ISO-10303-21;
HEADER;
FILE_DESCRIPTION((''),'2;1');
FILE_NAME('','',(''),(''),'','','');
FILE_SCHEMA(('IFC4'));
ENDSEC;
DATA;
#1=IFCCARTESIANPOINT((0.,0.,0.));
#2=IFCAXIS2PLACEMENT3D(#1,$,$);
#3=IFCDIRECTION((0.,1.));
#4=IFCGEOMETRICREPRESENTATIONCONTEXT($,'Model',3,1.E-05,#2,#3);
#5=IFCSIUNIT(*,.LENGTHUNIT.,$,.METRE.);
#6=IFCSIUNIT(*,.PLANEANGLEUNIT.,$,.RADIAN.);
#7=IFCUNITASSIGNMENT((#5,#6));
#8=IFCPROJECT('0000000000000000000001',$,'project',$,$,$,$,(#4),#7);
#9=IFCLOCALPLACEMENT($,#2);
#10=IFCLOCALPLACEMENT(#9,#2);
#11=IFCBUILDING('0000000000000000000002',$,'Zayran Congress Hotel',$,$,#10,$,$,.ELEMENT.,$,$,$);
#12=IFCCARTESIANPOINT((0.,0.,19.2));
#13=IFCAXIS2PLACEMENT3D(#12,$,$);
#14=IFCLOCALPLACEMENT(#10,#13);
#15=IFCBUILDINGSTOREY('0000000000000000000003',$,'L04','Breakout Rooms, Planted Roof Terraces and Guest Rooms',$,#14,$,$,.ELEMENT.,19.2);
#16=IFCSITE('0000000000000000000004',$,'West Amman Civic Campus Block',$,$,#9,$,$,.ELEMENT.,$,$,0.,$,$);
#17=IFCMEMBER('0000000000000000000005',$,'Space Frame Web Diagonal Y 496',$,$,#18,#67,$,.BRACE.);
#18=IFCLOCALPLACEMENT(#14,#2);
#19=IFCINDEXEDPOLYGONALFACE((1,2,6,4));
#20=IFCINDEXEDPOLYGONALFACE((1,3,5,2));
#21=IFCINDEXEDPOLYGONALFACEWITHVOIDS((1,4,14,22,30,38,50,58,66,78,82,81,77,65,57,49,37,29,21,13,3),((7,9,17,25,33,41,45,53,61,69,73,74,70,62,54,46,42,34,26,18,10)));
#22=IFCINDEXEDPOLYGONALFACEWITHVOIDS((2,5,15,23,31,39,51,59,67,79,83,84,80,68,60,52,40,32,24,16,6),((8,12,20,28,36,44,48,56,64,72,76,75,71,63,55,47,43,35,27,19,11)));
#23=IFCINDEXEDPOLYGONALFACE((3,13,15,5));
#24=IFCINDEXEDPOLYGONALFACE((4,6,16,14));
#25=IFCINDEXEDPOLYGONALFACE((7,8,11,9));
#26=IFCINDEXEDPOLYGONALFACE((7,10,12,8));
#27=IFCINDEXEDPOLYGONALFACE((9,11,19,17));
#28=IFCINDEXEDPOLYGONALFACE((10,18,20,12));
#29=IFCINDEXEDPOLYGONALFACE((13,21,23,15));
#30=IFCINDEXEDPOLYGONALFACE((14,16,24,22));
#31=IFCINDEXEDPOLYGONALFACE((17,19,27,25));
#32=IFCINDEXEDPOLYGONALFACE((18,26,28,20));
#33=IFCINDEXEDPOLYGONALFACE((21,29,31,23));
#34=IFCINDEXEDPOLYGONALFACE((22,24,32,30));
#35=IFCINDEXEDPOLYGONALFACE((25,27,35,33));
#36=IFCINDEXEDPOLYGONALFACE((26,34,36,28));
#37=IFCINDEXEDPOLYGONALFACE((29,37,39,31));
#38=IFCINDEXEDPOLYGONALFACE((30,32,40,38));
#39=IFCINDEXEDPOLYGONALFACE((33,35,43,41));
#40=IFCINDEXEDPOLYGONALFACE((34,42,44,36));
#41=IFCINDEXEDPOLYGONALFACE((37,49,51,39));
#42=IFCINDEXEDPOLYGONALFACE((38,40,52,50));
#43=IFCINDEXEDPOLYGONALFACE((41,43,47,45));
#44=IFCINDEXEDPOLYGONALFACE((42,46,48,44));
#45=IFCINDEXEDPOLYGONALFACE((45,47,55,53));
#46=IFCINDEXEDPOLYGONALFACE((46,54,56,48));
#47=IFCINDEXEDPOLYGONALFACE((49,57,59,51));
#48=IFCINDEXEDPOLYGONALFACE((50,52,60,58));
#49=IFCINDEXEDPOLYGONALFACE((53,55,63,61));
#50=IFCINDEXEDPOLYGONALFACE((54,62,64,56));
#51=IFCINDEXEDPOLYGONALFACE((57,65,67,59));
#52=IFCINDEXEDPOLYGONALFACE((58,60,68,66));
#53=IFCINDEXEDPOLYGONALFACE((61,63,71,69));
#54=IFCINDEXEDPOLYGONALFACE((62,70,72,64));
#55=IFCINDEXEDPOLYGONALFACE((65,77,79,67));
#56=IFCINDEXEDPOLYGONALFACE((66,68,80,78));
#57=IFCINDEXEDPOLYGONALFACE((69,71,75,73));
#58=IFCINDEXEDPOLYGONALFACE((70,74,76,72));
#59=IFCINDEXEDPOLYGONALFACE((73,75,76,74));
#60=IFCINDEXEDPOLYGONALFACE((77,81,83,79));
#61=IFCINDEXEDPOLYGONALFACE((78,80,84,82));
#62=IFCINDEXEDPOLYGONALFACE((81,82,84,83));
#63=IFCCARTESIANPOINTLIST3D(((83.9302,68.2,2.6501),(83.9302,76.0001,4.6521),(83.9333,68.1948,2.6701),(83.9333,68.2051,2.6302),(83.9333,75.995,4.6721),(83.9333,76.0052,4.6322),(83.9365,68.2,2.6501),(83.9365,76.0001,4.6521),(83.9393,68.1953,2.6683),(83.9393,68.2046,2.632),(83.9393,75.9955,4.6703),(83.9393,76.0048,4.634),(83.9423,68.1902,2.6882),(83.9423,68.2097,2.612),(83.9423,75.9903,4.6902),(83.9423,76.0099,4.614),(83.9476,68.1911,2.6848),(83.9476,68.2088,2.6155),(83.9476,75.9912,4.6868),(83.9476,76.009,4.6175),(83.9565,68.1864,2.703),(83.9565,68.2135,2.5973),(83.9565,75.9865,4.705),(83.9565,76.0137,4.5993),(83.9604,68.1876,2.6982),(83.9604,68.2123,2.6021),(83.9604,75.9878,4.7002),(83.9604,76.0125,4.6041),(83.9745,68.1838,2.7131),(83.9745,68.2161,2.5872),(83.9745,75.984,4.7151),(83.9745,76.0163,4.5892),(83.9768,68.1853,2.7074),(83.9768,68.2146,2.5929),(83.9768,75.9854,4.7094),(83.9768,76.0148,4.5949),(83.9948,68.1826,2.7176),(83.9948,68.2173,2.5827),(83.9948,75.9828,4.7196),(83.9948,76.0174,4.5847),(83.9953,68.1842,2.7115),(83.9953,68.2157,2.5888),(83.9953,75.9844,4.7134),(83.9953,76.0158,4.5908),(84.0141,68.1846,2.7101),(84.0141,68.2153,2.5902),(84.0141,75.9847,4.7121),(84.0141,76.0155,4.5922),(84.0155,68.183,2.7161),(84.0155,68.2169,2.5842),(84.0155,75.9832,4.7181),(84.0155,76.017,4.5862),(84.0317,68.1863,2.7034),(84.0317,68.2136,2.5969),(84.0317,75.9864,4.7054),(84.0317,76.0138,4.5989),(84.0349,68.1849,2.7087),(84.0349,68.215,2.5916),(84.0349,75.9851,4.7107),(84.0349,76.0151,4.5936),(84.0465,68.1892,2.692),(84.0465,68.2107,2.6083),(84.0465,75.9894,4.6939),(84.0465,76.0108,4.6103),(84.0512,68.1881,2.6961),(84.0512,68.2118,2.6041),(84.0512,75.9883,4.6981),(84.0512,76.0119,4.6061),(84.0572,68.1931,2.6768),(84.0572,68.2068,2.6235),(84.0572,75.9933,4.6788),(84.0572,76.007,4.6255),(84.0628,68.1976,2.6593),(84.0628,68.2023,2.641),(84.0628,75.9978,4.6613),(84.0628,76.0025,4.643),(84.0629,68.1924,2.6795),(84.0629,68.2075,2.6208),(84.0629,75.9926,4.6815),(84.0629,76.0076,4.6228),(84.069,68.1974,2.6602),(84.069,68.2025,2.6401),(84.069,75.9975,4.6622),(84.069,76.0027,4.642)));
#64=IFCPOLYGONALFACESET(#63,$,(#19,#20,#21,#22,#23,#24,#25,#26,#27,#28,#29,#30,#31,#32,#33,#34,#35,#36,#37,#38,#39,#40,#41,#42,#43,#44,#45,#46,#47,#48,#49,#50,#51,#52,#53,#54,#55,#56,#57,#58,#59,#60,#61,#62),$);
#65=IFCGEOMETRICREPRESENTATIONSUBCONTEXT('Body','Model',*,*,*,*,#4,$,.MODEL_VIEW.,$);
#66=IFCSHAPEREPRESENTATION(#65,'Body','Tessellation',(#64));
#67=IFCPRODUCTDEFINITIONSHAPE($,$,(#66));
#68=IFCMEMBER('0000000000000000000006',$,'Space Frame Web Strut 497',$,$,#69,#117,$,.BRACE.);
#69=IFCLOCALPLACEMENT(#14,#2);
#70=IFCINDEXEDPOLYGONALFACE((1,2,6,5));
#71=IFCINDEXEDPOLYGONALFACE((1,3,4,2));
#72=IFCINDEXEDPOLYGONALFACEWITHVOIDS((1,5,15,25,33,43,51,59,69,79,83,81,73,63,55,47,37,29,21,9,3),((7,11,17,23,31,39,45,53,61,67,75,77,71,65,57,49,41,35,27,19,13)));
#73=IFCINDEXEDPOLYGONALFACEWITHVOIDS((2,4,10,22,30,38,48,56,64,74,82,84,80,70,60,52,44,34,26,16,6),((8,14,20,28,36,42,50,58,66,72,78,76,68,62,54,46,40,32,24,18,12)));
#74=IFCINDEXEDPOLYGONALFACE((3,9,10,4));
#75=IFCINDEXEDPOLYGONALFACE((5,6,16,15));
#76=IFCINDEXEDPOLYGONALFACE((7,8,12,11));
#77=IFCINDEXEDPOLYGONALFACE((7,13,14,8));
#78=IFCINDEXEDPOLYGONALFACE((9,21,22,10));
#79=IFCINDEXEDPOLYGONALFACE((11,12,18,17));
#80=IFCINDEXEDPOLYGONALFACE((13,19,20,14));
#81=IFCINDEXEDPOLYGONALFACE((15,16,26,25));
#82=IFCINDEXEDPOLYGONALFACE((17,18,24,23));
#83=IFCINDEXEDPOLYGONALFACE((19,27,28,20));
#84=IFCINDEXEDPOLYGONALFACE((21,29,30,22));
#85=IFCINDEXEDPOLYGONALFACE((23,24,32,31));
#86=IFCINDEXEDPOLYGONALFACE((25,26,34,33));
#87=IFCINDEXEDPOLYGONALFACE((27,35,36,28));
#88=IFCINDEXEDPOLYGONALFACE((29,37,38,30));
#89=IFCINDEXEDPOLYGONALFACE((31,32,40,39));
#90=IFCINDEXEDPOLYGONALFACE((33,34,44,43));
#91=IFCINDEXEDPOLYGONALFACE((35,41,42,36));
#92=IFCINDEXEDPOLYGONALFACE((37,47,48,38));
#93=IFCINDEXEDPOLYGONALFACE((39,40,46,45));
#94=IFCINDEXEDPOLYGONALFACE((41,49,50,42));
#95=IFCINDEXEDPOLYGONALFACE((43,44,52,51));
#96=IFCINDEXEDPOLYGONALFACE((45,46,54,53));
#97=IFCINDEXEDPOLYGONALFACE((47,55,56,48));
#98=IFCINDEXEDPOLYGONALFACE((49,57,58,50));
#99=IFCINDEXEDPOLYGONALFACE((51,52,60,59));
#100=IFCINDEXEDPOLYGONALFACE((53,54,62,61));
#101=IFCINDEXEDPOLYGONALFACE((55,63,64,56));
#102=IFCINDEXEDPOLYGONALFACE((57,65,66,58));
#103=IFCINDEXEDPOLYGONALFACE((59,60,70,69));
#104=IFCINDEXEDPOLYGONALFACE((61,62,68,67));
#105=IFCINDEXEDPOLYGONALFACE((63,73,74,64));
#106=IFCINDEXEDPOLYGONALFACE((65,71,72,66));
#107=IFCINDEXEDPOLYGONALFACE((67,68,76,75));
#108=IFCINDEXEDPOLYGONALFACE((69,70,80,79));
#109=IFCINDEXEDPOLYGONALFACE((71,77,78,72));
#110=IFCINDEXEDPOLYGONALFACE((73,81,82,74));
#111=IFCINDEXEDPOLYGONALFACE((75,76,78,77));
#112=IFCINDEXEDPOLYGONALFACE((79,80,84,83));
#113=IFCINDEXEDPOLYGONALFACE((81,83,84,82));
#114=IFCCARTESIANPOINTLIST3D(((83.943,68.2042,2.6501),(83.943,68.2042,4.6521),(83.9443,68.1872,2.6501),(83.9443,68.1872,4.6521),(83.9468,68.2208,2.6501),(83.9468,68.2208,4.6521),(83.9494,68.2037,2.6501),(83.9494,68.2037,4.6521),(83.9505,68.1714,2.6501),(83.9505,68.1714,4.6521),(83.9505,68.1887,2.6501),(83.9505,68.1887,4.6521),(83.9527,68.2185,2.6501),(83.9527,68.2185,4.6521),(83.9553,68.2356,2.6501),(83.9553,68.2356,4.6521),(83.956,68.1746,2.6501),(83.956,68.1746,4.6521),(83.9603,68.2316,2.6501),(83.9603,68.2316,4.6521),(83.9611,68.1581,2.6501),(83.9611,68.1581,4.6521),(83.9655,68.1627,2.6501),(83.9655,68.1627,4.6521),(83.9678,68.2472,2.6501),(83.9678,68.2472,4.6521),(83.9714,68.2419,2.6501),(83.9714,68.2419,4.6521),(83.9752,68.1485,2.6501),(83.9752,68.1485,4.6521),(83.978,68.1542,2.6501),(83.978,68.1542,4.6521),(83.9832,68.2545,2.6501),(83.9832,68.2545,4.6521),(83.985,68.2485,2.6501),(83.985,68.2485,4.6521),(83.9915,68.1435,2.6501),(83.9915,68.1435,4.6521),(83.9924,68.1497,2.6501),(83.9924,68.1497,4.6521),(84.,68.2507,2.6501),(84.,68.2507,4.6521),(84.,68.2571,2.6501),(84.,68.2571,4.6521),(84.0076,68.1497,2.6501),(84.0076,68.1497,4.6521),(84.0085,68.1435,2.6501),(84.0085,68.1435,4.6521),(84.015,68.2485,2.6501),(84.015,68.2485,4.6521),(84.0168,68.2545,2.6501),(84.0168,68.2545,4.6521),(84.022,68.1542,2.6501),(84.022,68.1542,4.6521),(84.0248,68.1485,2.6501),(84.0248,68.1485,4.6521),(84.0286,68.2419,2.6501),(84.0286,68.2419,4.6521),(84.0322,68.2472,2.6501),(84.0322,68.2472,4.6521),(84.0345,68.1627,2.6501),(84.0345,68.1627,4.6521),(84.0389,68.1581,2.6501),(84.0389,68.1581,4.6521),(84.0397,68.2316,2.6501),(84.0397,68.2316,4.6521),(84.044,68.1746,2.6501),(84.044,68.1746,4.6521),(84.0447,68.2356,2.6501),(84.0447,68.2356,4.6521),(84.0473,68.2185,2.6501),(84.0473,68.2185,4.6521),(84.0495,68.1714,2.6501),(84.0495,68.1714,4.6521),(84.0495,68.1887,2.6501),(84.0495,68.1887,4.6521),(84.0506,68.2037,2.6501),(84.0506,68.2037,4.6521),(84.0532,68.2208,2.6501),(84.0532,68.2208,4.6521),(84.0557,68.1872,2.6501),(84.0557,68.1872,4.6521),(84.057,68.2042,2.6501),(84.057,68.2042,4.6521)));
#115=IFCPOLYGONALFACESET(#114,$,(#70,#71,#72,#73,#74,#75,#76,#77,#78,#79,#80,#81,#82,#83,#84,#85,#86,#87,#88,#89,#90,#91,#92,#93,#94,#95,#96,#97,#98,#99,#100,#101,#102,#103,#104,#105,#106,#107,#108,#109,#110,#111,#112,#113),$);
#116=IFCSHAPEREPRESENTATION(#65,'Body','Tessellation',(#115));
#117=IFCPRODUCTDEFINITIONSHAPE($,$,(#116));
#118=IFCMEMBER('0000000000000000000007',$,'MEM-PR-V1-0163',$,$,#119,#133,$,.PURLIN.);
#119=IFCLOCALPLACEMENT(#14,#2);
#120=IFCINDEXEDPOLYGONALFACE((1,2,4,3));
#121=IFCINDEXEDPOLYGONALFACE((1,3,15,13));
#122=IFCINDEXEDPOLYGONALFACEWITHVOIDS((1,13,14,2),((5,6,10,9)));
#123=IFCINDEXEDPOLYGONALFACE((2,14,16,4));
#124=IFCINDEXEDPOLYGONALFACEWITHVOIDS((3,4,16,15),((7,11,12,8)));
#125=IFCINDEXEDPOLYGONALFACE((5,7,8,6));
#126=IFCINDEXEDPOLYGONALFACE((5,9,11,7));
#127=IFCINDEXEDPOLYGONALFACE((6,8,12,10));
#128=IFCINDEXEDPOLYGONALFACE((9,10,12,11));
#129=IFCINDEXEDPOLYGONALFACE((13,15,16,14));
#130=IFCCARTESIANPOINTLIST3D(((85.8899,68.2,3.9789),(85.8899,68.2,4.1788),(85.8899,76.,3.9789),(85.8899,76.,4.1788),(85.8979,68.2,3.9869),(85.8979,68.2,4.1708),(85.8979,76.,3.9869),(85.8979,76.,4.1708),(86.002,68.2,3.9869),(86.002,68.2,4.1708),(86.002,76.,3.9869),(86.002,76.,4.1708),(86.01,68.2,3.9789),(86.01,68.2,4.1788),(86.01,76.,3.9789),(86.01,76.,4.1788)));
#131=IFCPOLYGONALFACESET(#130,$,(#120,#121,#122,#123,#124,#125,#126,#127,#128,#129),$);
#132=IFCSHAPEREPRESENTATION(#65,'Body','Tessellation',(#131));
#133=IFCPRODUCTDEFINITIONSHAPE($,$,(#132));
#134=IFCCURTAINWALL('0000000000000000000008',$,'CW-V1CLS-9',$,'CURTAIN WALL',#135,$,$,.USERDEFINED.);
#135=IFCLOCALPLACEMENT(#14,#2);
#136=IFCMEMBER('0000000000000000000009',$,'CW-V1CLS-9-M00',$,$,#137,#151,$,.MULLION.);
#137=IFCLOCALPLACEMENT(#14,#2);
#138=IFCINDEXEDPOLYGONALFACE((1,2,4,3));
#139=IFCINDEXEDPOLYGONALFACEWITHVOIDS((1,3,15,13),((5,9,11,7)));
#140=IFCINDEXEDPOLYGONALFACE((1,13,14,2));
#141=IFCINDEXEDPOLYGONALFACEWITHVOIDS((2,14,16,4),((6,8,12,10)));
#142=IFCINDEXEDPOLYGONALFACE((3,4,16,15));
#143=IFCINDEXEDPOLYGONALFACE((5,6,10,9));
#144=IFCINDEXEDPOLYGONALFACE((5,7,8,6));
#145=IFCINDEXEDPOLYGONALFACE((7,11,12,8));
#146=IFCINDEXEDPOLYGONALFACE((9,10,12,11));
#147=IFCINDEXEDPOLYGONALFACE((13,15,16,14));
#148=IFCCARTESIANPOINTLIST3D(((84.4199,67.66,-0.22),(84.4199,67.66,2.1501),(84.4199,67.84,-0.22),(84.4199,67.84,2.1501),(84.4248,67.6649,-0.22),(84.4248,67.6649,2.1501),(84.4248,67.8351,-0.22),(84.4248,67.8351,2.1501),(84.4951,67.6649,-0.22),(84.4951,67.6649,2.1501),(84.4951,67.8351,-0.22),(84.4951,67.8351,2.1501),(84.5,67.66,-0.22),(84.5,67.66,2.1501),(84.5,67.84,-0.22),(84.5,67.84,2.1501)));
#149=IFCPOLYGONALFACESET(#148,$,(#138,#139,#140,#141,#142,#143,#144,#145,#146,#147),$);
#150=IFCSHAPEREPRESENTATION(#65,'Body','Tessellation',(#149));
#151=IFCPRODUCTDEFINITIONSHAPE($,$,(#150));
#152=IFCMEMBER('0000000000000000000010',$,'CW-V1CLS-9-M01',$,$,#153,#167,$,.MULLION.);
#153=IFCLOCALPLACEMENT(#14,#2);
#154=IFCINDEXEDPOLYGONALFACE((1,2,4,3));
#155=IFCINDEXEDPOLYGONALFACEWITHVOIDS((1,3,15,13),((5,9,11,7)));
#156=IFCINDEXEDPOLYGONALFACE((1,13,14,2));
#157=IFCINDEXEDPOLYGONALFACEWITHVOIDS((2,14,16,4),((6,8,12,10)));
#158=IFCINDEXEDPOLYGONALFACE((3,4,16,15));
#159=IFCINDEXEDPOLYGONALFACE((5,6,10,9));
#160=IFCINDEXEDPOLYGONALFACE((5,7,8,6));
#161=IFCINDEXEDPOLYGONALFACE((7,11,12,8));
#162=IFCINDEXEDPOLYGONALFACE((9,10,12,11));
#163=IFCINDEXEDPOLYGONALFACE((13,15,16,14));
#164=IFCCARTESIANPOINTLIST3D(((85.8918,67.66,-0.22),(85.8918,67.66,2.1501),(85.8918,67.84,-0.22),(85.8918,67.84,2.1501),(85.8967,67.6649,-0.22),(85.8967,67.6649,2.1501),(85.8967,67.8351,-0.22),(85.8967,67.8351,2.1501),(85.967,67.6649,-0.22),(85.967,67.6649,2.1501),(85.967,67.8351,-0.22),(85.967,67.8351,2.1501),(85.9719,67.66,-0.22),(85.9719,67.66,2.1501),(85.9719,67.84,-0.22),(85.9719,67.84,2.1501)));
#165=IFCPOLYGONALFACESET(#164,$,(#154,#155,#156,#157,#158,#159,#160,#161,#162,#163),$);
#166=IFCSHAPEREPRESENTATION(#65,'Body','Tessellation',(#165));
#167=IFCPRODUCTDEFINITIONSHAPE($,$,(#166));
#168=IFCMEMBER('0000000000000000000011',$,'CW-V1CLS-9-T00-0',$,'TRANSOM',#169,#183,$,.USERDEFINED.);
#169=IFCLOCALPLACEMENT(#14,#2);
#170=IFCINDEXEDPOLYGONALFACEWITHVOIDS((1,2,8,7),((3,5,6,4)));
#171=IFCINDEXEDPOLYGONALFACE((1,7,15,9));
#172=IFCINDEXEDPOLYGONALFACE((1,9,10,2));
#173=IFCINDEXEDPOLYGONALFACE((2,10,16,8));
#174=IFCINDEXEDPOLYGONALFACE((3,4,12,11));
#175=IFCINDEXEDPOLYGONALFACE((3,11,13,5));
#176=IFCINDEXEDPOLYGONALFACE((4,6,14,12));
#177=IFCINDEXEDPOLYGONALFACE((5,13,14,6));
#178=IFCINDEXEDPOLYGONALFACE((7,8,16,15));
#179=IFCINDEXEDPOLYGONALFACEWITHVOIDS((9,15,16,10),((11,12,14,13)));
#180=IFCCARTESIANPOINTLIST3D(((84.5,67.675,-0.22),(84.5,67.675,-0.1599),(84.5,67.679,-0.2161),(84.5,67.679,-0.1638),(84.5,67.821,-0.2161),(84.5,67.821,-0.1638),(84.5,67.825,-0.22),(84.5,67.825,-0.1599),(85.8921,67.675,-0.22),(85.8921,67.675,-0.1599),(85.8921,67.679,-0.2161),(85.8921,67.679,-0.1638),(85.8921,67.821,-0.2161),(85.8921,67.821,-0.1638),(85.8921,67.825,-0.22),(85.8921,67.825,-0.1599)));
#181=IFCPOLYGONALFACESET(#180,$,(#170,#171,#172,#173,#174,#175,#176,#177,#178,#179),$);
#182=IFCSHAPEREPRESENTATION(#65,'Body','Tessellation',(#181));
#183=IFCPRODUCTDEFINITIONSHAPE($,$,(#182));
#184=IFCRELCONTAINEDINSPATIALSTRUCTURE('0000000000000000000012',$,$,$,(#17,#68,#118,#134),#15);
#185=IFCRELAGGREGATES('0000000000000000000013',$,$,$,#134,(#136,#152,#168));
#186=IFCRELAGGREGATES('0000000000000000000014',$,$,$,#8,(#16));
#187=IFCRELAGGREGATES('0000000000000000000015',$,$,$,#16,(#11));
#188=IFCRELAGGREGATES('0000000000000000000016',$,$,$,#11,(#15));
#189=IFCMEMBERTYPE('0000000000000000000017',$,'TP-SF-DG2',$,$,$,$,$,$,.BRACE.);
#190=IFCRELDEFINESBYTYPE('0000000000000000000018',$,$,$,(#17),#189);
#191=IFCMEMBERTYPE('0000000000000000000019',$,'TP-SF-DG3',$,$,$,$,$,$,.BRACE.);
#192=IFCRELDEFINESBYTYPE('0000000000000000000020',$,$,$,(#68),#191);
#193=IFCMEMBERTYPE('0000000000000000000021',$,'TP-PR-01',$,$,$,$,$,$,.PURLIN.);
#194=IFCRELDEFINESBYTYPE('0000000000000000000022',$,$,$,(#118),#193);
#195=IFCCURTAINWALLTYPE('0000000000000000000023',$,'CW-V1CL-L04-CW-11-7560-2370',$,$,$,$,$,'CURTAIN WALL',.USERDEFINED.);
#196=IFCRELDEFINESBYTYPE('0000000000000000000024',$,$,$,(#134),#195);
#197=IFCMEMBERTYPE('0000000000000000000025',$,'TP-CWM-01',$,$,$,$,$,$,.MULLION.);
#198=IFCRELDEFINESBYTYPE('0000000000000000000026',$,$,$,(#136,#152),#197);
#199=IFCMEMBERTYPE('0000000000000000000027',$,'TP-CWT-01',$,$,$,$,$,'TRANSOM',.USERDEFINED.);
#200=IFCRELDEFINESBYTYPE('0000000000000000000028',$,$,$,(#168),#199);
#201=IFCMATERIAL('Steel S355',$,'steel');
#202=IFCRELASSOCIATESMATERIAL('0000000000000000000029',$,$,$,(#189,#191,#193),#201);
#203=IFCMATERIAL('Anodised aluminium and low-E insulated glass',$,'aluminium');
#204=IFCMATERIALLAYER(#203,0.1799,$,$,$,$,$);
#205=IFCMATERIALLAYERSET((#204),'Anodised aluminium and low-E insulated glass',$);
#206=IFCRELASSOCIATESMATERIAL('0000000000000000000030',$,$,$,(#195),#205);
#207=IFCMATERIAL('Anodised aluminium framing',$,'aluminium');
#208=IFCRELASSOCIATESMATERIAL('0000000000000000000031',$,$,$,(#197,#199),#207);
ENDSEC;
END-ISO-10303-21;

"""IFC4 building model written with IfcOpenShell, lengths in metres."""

from ifc_helpers import new_model, si_unit, direction, frame, origin, origin_2d, place, context, subcontext, project, spatial, hollow_rectangle, hollow_circle, extrude, material, layer, layer_set, material_profile, profile_set, type_object, element, aggregate, save


model = new_model("IFC4")

# Units and contexts
model_context = context("Model", 3, precision=1e-05, world=origin(), true_north=direction((0.0, 1.0)))
body_context = subcontext(model_context, "Body", "Model", "MODEL_VIEW")
ifc_project = project(units=[si_unit("LENGTHUNIT", "METRE"), si_unit("PLANEANGLEUNIT", "RADIAN")], contexts=[model_context])

# Site, building, storey
site_placement = place(None, origin())
site = spatial("IfcSite", under=ifc_project, at=site_placement, Name="West Amman Civic Campus Block", CompositionType="ELEMENT", RefElevation=0.0)
building_placement = place(site_placement, origin())
building = spatial("IfcBuilding", under=site, at=building_placement, Name="Zayran Congress Hotel", CompositionType="ELEMENT")
storey_placement = place(building_placement, frame((0.0, 0.0, 19.2)))
storey = spatial("IfcBuildingStorey", under=building, at=storey_placement, Name="L04", Description="Breakout Rooms, Planted Roof Terraces and Guest Rooms", CompositionType="ELEMENT", Elevation=19.2)

# Members
ifc_material_1 = material(Name="Steel S355", Category="steel")
ifc_material_profile_1 = material_profile(ifc_material_1, hollow_circle(Radius=0.0698, WallThickness=0.0063, at=origin_2d()), Name="CHS 139.7x6.3")
ifc_profile_set_1 = profile_set([ifc_material_profile_1], Name="Steel S355")
member_type_1 = type_object("IfcMemberType", Name="TP-SF-DG2", PredefinedType="BRACE", material=ifc_profile_set_1)
member_1_placement = place(storey_placement, frame((84.0, 68.2, 2.6501), z_axis=(0.0, 0.968606, 0.248601), x_axis=(-1.0, 0.0, 0.0)))
element("IfcMember", 1, at=member_1_placement, inside=storey, type_object=member_type_1, Name="Space Frame Web Diagonal Y 496", PredefinedType="BRACE", context=body_context, shape_type="SweptSolid", body=[
    extrude(hollow_circle(Radius=0.0698, WallThickness=0.0063, at=origin_2d()), origin(), (0.0, 0.0, 1.0), 8.053),
])
ifc_material_profile_2 = material_profile(ifc_material_1, hollow_circle(Radius=0.0571, WallThickness=0.0063, at=origin_2d()), Name="CHS 114.3x6.3")
ifc_profile_set_2 = profile_set([ifc_material_profile_2], Name="Steel S355")
member_type_2 = type_object("IfcMemberType", Name="TP-SF-DG3", PredefinedType="BRACE", material=ifc_profile_set_2)
member_2_placement = place(storey_placement, frame((84.0, 68.2, 2.6501), z_axis=(0.0, 0.0, 1.0), x_axis=(0.0, 1.0, 0.0)))
element("IfcMember", 2, at=member_2_placement, inside=storey, type_object=member_type_2, Name="Space Frame Web Strut 497", PredefinedType="BRACE", context=body_context, shape_type="SweptSolid", body=[
    extrude(hollow_circle(Radius=0.0571, WallThickness=0.0063, at=origin_2d()), origin(), (0.0, 0.0, 1.0), 2.002),
])
ifc_material_profile_3 = material_profile(ifc_material_1, hollow_rectangle(XDim=0.1201, YDim=0.2, WallThickness=0.0081, at=origin_2d()), Name="RHS 200x120x8")
ifc_profile_set_3 = profile_set([ifc_material_profile_3], Name="Steel S355")
member_type_3 = type_object("IfcMemberType", Name="TP-PR-01", PredefinedType="PURLIN", material=ifc_profile_set_3)
member_3_placement = place(storey_placement, frame((85.95, 68.2, 4.0789), z_axis=(0.0, 1.0, 0.0), x_axis=(-1.0, 0.0, 0.0)))
element("IfcMember", 3, at=member_3_placement, inside=storey, type_object=member_type_3, Name="MEM-PR-V1-0163", PredefinedType="PURLIN", context=body_context, shape_type="SweptSolid", body=[
    extrude(hollow_rectangle(XDim=0.1201, YDim=0.2, WallThickness=0.0081, at=origin_2d()), origin(), (0.0, 0.0, 1.0), 7.8),
])

# Curtain wall, members
ifc_material_2 = material(Name="Anodised aluminium and low-E insulated glass", Category="aluminium")
ifc_layer_1 = layer(ifc_material_2, 0.1799)
ifc_layer_set_1 = layer_set([ifc_layer_1], Name="Anodised aluminium and low-E insulated glass")
curtain_wall_type = type_object("IfcCurtainWallType", Name="CW-V1CL-L04-CW-11-7560-2370", ElementType="CURTAIN WALL", PredefinedType="USERDEFINED", material=ifc_layer_set_1)
curtain_wall_placement = place(storey_placement, origin())
curtain_wall = element("IfcCurtainWall", 4, at=curtain_wall_placement, inside=storey, type_object=curtain_wall_type, Name="CW-V1CLS-9", ObjectType="CURTAIN WALL", PredefinedType="USERDEFINED")
ifc_material_3 = material(Name="Anodised aluminium framing", Category="aluminium")
ifc_material_profile_4 = material_profile(ifc_material_3, hollow_rectangle(XDim=0.0801, YDim=0.1799, WallThickness=0.0049, at=origin_2d()), Name="RHS 180x80x5")
ifc_profile_set_4 = profile_set([ifc_material_profile_4], Name="Anodised aluminium framing")
member_type_4 = type_object("IfcMemberType", Name="TP-CWM-01", PredefinedType="MULLION", material=ifc_profile_set_4)
member_4_placement = place(storey_placement, frame((84.46, 67.75, -0.22), z_axis=(0.0, 0.0, 1.0), x_axis=(1.0, 0.0, 0.0)))
member_4 = element("IfcMember", 5, at=member_4_placement, type_object=member_type_4, Name="CW-V1CLS-9-M00", PredefinedType="MULLION", context=body_context, shape_type="SweptSolid", body=[
    extrude(hollow_rectangle(XDim=0.0801, YDim=0.1799, WallThickness=0.0049, at=origin_2d()), origin(), (0.0, 0.0, 1.0), 2.3701),
])
member_5_placement = place(storey_placement, frame((85.9319, 67.75, -0.22), z_axis=(0.0, 0.0, 1.0), x_axis=(1.0, 0.0, 0.0)))
member_5 = element("IfcMember", 6, at=member_5_placement, type_object=member_type_4, Name="CW-V1CLS-9-M01", PredefinedType="MULLION", context=body_context, shape_type="SweptSolid", body=[
    extrude(hollow_rectangle(XDim=0.0801, YDim=0.1799, WallThickness=0.0049, at=origin_2d()), origin(), (0.0, 0.0, 1.0), 2.3701),
])
ifc_material_profile_5 = material_profile(ifc_material_3, hollow_rectangle(XDim=0.0601, YDim=0.1499, WallThickness=0.0039, at=origin_2d()), Name="RHS 150x60x4")
ifc_profile_set_5 = profile_set([ifc_material_profile_5], Name="Anodised aluminium framing")
member_type_5 = type_object("IfcMemberType", Name="TP-CWT-01", ElementType="TRANSOM", PredefinedType="USERDEFINED", material=ifc_profile_set_5)
member_6_placement = place(storey_placement, frame((84.5, 67.75, -0.1899), z_axis=(1.0, 0.0, 0.0), x_axis=(0.0, 0.0, 1.0)))
member_6 = element("IfcMember", 7, at=member_6_placement, type_object=member_type_5, Name="CW-V1CLS-9-T00-0", ObjectType="TRANSOM", PredefinedType="USERDEFINED", context=body_context, shape_type="SweptSolid", body=[
    extrude(hollow_rectangle(XDim=0.0601, YDim=0.1499, WallThickness=0.0039, at=origin_2d()), origin(), (0.0, 0.0, 1.0), 1.3921),
])

aggregate(curtain_wall, [member_4, member_5, member_6])

save(model, "model.ifc")
